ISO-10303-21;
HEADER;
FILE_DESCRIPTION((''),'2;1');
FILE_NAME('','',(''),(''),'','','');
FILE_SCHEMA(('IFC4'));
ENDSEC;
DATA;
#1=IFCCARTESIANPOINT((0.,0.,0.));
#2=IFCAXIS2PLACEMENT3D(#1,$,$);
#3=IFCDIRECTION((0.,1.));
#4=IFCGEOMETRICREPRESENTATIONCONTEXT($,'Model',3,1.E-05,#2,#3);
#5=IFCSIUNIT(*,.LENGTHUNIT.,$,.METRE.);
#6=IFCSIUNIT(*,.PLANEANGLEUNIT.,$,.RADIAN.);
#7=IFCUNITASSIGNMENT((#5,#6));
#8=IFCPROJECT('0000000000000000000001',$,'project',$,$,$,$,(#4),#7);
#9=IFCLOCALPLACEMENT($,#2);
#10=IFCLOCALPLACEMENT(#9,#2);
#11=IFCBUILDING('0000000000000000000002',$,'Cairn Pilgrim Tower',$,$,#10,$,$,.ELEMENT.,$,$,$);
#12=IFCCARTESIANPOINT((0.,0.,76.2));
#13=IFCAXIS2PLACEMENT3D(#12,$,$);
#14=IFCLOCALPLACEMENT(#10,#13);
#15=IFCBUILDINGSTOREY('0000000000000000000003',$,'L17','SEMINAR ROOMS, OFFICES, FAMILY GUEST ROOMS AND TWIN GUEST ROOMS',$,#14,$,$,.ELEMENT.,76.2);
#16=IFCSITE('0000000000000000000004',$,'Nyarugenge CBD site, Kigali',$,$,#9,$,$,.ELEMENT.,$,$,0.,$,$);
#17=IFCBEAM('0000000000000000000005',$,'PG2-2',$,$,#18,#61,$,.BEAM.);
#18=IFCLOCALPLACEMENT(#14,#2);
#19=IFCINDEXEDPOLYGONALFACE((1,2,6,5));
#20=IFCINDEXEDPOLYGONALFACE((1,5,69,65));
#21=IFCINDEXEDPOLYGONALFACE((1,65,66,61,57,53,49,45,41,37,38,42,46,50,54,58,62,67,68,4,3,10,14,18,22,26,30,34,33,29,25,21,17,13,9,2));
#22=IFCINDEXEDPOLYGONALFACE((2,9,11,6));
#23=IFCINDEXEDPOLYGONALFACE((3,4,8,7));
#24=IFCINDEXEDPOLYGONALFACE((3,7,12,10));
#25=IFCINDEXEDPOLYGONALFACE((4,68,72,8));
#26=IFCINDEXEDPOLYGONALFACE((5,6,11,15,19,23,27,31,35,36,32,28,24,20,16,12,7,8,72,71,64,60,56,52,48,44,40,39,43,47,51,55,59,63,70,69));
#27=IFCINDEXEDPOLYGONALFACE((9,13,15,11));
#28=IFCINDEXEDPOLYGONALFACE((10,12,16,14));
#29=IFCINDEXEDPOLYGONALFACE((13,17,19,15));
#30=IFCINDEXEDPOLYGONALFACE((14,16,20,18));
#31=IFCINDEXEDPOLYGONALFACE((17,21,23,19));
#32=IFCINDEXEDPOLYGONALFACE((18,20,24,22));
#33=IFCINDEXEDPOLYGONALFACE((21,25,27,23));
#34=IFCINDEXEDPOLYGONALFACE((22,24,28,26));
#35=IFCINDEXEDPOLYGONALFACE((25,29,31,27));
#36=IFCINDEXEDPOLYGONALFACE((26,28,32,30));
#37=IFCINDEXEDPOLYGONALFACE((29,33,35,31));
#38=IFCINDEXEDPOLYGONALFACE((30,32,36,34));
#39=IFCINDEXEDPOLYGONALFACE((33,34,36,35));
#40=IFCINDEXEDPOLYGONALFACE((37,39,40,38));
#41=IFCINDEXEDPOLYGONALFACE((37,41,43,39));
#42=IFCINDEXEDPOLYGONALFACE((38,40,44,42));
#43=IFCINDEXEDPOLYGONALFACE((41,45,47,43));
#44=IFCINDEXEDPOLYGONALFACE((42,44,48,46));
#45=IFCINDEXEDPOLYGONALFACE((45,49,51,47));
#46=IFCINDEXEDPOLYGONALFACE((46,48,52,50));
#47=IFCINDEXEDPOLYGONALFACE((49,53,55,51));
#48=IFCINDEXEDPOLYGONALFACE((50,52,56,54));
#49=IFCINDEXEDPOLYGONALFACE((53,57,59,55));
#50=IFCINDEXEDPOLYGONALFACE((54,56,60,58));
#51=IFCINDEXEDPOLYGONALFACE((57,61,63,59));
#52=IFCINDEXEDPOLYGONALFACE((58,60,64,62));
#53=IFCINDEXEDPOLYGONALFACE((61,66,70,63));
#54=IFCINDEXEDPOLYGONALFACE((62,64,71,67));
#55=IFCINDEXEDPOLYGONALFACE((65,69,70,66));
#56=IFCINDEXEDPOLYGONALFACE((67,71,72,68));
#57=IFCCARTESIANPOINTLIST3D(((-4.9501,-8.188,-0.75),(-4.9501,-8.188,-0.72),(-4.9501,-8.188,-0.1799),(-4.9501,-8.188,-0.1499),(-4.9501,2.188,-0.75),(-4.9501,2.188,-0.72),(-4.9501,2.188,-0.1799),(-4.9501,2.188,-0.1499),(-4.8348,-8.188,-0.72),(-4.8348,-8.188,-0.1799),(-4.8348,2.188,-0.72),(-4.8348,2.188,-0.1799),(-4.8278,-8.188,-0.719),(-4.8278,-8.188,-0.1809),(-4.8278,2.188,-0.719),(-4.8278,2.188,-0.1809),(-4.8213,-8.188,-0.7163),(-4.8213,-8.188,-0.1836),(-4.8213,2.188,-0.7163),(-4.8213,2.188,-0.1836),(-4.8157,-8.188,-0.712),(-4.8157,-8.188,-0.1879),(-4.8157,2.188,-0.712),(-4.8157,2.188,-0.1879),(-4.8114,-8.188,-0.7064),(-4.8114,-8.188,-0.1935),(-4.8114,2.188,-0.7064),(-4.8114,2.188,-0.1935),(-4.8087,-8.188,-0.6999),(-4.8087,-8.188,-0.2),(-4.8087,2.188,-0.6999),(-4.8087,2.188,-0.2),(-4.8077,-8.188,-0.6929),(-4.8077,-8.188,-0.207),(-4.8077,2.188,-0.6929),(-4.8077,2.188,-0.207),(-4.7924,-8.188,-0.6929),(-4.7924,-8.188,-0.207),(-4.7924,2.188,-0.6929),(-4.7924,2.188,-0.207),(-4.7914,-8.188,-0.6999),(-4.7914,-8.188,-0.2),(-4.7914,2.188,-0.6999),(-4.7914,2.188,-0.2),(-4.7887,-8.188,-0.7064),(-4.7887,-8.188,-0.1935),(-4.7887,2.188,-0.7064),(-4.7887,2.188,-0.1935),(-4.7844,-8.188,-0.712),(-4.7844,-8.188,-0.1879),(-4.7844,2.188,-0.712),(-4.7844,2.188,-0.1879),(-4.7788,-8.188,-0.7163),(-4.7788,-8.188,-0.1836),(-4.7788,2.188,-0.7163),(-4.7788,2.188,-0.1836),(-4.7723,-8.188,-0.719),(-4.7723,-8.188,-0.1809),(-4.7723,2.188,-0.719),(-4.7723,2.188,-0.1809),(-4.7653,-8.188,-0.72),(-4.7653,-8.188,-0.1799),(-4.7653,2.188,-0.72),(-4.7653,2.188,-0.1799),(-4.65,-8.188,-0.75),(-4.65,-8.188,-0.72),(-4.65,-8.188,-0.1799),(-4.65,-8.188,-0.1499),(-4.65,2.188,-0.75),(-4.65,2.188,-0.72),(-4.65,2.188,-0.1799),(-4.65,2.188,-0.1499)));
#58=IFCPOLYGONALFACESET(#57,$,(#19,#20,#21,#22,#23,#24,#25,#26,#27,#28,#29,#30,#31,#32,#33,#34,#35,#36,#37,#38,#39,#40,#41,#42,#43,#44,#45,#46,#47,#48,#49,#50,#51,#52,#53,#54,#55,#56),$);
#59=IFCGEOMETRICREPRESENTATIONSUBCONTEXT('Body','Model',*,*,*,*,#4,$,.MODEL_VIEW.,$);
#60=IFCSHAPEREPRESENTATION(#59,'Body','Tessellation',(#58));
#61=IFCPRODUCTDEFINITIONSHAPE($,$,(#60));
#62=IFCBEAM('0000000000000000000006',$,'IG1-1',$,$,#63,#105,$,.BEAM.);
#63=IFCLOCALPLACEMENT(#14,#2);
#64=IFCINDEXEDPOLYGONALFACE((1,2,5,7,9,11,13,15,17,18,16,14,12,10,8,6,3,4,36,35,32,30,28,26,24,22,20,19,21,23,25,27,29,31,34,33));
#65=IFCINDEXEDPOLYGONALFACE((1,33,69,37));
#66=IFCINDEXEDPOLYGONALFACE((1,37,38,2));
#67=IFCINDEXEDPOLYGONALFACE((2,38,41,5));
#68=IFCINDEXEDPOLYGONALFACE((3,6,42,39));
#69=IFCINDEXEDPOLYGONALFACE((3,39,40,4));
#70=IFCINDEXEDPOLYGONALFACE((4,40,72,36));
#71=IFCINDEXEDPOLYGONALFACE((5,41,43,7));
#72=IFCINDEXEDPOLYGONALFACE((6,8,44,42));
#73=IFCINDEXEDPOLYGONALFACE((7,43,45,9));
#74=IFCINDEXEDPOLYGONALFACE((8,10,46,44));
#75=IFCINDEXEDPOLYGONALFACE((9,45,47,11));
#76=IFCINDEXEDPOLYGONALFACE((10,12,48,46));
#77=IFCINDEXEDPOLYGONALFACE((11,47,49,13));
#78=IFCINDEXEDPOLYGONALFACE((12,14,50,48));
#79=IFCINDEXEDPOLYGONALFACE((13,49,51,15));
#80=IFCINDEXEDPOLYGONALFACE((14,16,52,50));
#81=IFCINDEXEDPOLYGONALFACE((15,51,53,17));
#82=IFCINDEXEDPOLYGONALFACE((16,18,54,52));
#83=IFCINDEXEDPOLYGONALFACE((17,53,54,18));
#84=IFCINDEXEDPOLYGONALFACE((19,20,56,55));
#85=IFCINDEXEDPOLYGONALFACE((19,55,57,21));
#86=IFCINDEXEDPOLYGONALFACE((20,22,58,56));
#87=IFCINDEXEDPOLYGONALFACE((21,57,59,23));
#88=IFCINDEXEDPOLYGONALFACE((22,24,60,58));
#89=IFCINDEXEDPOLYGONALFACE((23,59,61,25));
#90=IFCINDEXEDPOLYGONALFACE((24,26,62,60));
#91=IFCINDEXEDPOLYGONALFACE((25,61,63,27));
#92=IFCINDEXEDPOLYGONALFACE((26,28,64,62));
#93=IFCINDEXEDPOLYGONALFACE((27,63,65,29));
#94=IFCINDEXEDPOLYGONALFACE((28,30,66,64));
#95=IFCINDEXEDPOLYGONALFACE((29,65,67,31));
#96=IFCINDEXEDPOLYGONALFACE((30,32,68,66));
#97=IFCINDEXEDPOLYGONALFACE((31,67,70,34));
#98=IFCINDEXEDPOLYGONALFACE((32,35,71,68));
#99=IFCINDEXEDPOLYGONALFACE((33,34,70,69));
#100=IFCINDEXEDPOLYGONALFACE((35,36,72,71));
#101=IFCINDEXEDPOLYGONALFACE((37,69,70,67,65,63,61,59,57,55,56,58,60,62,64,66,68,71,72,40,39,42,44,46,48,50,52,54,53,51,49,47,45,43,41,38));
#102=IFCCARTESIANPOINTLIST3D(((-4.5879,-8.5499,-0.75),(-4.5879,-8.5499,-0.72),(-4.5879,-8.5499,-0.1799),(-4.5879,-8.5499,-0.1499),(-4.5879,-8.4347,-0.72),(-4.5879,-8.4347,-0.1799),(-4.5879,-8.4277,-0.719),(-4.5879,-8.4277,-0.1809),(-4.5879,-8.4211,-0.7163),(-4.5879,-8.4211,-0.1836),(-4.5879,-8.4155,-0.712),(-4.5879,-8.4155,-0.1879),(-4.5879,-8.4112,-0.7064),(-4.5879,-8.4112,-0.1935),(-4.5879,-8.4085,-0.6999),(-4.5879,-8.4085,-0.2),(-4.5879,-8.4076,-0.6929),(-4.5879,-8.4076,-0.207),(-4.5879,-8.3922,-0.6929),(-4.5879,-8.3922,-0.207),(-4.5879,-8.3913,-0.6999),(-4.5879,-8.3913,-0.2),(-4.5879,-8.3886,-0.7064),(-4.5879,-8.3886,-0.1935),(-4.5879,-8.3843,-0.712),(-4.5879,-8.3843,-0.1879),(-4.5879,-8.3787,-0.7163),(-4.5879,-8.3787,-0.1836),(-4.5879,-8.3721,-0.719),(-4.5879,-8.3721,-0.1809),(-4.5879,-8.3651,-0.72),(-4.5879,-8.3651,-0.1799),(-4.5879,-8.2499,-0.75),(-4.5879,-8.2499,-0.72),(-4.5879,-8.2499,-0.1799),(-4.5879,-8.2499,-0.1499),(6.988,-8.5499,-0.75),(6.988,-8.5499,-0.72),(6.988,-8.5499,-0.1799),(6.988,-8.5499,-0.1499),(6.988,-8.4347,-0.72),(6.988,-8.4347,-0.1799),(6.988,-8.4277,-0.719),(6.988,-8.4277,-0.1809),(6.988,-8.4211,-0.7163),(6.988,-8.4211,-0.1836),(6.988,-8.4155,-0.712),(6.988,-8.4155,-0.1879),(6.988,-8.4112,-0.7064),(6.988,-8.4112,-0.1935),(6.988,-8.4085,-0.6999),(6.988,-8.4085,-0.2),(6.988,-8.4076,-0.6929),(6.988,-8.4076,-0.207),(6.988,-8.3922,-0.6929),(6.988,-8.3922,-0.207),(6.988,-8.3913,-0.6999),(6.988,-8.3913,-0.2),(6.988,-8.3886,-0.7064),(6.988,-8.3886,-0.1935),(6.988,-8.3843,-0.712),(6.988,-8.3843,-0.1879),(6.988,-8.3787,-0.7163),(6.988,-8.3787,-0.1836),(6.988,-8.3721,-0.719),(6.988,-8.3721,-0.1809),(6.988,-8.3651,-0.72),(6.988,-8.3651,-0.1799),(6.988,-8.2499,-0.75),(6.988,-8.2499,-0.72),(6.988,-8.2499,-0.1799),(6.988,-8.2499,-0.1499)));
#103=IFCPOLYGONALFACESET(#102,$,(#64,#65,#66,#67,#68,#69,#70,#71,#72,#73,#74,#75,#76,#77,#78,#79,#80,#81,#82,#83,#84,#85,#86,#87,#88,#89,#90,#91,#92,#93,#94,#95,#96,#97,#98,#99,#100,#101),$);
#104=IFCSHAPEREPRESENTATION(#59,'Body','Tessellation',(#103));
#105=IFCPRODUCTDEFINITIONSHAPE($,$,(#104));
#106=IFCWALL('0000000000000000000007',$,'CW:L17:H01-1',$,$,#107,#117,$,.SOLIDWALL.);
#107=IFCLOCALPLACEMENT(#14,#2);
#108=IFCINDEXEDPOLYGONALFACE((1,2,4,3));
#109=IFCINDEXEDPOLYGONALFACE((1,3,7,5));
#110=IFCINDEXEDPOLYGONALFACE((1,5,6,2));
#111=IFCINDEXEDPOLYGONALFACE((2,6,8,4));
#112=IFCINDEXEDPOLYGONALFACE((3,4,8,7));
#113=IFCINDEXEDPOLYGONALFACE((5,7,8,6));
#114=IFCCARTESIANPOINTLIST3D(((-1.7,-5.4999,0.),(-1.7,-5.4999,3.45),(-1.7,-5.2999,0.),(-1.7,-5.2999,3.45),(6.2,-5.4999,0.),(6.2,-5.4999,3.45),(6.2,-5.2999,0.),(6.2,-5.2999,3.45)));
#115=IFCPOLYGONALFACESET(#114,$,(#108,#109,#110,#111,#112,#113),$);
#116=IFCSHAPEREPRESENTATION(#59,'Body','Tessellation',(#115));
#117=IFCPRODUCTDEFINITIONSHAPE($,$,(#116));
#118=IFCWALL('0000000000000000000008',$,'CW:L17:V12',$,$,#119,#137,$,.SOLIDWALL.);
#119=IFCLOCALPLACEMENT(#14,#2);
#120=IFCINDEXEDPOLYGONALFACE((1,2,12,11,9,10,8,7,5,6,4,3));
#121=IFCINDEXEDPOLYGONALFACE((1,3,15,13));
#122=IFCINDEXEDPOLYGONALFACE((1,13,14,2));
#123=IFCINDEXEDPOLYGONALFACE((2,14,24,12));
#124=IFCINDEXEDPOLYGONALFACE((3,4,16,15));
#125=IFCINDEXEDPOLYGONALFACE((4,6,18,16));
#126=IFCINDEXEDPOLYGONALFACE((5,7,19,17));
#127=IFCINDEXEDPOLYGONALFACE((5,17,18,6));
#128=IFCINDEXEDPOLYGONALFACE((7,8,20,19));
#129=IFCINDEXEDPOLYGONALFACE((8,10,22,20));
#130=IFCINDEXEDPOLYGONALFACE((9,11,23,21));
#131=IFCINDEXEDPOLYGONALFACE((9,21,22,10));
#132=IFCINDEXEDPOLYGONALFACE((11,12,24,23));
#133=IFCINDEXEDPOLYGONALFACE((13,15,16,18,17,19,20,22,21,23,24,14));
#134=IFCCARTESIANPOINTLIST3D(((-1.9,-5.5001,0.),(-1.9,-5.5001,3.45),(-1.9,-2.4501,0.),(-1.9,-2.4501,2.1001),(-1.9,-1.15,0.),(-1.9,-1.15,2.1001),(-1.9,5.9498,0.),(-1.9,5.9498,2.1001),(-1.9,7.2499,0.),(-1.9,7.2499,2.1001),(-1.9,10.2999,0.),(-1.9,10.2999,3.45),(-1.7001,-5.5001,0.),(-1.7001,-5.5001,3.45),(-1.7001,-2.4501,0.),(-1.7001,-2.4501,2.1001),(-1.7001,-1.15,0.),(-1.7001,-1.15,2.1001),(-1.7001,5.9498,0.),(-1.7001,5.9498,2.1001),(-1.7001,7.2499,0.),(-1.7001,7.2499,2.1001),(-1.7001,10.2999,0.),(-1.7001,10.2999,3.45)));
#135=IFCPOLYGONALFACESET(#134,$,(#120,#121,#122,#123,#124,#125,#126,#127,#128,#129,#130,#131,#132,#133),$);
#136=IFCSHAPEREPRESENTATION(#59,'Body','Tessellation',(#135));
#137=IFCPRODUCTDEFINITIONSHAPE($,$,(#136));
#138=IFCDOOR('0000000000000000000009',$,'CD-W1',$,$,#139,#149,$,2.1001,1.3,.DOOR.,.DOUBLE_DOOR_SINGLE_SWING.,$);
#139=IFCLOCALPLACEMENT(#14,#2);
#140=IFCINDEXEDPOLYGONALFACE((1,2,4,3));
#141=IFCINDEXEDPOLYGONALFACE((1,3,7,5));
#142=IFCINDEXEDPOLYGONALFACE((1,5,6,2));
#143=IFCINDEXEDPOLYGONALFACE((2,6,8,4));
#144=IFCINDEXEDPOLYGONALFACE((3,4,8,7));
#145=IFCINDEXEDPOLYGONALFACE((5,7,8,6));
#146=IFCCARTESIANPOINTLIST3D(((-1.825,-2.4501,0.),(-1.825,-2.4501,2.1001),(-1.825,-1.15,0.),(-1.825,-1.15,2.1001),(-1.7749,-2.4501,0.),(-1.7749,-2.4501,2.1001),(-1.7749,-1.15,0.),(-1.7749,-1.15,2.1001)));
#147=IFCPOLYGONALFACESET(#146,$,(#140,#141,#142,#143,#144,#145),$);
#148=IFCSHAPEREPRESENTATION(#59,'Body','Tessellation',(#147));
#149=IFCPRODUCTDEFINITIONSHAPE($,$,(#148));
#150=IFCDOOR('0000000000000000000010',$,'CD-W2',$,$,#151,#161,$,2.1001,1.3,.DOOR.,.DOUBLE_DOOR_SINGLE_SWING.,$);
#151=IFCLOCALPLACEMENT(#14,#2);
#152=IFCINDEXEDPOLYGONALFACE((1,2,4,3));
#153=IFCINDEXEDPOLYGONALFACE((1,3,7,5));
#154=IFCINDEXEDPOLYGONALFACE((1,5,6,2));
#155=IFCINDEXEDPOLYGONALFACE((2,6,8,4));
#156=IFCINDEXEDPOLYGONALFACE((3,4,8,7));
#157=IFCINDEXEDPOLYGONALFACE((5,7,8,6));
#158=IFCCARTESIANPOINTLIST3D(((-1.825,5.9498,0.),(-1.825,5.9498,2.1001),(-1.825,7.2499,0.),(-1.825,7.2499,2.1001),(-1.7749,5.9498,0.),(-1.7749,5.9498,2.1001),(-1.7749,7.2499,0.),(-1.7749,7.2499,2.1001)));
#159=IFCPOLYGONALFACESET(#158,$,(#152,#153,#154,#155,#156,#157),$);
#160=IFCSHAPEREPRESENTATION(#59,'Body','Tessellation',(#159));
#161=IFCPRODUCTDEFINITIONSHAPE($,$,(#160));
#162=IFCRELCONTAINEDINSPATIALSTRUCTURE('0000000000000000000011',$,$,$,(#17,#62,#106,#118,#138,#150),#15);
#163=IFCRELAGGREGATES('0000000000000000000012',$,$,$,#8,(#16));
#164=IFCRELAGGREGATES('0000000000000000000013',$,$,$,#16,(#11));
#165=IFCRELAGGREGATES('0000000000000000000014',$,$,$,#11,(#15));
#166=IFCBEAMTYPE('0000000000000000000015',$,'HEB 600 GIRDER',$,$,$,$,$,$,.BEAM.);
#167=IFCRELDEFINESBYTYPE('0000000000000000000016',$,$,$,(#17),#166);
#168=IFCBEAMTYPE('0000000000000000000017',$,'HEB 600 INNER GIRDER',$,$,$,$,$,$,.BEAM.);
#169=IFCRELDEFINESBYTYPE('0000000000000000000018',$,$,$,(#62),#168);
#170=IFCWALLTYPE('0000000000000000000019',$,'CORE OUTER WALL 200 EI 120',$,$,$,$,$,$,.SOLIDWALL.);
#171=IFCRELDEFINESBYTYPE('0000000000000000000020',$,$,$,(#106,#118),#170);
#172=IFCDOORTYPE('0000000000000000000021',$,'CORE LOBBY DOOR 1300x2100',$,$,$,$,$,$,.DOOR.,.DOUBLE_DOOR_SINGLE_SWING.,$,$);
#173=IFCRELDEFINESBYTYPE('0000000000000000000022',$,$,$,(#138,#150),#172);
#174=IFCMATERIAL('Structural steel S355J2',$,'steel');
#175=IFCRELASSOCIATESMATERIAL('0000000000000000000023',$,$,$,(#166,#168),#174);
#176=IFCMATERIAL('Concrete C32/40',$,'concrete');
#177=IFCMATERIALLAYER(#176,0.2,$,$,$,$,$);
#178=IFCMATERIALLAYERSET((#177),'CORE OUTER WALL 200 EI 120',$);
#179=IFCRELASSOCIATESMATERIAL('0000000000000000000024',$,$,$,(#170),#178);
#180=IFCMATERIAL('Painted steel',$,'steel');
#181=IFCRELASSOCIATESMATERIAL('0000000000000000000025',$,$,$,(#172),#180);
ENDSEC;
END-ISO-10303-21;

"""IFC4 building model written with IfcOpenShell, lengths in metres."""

from ifc_helpers import new_model, si_unit, direction, frame, frame_2d, origin, origin_2d, place, context, subcontext, project, spatial, rectangle, i_section, extrude, material, layer, layer_set, material_profile, profile_set, type_object, element, fill, save


model = new_model("IFC4")

# Units and contexts
model_context = context("Model", 3, precision=1e-05, world=origin(), true_north=direction((0.0, 1.0)))
body_context = subcontext(model_context, "Body", "Model", "MODEL_VIEW")
ifc_project = project(units=[si_unit("LENGTHUNIT", "METRE"), si_unit("PLANEANGLEUNIT", "RADIAN")], contexts=[model_context])

# Site, building, storey
site_placement = place(None, origin())
site = spatial("IfcSite", under=ifc_project, at=site_placement, Name="Nyarugenge CBD site, Kigali", CompositionType="ELEMENT", RefElevation=0.0)
building_placement = place(site_placement, origin())
building = spatial("IfcBuilding", under=site, at=building_placement, Name="Cairn Pilgrim Tower", CompositionType="ELEMENT")
storey_placement = place(building_placement, frame((0.0, 0.0, 76.2)))
storey = spatial("IfcBuildingStorey", under=building, at=storey_placement, Name="L17", Description="SEMINAR ROOMS, OFFICES, FAMILY GUEST ROOMS AND TWIN GUEST ROOMS", CompositionType="ELEMENT", Elevation=76.2)

# Beams
ifc_material_1 = material(Name="Structural steel S355J2", Category="steel")
ifc_material_profile_1 = material_profile(ifc_material_1, i_section(OverallWidth=0.3, OverallDepth=0.6001, WebThickness=0.0154, FlangeThickness=0.03, FilletRadius=0.0271, at=origin_2d()), Name="HEB 600")
ifc_profile_set_1 = profile_set([ifc_material_profile_1], Name="Structural steel S355J2")
beam_type_1 = type_object("IfcBeamType", Name="HEB 600 GIRDER", PredefinedType="BEAM", material=ifc_profile_set_1)
beam_1_placement = place(storey_placement, frame((-4.8, -8.188, -0.45), z_axis=(0.0, 1.0, 0.0), x_axis=(-1.0, 0.0, 0.0)))
element("IfcBeam", 1, at=beam_1_placement, inside=storey, type_object=beam_type_1, Name="PG2-2", PredefinedType="BEAM", context=body_context, shape_type="SweptSolid", body=[
    extrude(i_section(OverallWidth=0.3, OverallDepth=0.6001, WebThickness=0.0154, FlangeThickness=0.03, FilletRadius=0.0271, at=origin_2d()), origin(), (0.0, 0.0, 1.0), 10.376),
])
ifc_material_profile_2 = material_profile(ifc_material_1, i_section(OverallWidth=0.3, OverallDepth=0.6001, WebThickness=0.0154, FlangeThickness=0.03, FilletRadius=0.0271, at=origin_2d()), Name="HEB 600")
ifc_profile_set_2 = profile_set([ifc_material_profile_2], Name="Structural steel S355J2")
beam_type_2 = type_object("IfcBeamType", Name="HEB 600 INNER GIRDER", PredefinedType="BEAM", material=ifc_profile_set_2)
beam_2_placement = place(storey_placement, frame((-4.5879, -8.3999, -0.45), z_axis=(1.0, 0.0, 0.0), x_axis=(0.0, 1.0, 0.0)))
element("IfcBeam", 2, at=beam_2_placement, inside=storey, type_object=beam_type_2, Name="IG1-1", PredefinedType="BEAM", context=body_context, shape_type="SweptSolid", body=[
    extrude(i_section(OverallWidth=0.3, OverallDepth=0.6001, WebThickness=0.0154, FlangeThickness=0.03, FilletRadius=0.0271, at=origin_2d()), origin(), (0.0, 0.0, 1.0), 11.5759),
])

# Wall
ifc_material_2 = material(Name="Concrete C32/40", Category="concrete")
ifc_layer_1 = layer(ifc_material_2, 0.2)
ifc_layer_set_1 = layer_set([ifc_layer_1], Name="CORE OUTER WALL 200 EI 120")
wall_type_1 = type_object("IfcWallType", Name="CORE OUTER WALL 200 EI 120", PredefinedType="SOLIDWALL", material=ifc_layer_set_1)
wall_1_placement = place(storey_placement, frame((-1.7, -5.3999, 0.0), z_axis=(0.0, 0.0, 1.0), x_axis=(1.0, 0.0, 0.0)))
element("IfcWall", 3, at=wall_1_placement, inside=storey, type_object=wall_type_1, Name="CW:L17:H01-1", PredefinedType="SOLIDWALL", context=body_context, shape_type="SweptSolid", body=[
    extrude(rectangle(XDim=7.8999, YDim=0.2, at=frame_2d((3.95, 0.0))), origin(), (0.0, 0.0, 1.0), 3.45),
])

# Wall, openings, doors
wall_2_placement = place(storey_placement, frame((-1.8, -5.5, 0.0), z_axis=(0.0, 0.0, 1.0), x_axis=(0.0, 1.0, 0.0)))
wall_2 = element("IfcWall", 4, at=wall_2_placement, inside=storey, type_object=wall_type_1, Name="CW:L17:V12", PredefinedType="SOLIDWALL", context=body_context, shape_type="SweptSolid", body=[
    extrude(rectangle(XDim=15.8, YDim=0.2, at=frame_2d((7.8999, 0.0))), origin(), (0.0, 0.0, 1.0), 3.45),
])
opening_1_placement = place(wall_2_placement, frame((3.05, 0.0, 0.0)))
opening_1 = element("IfcOpeningElement", 5, at=opening_1_placement, cuts=wall_2, PredefinedType="OPENING", context=body_context, shape_type="SweptSolid", body=[
    extrude(rectangle(XDim=1.3, YDim=2.1001, at=frame_2d((0.6499, 1.05))), frame((0.0, 0.1099, 0.0), z_axis=(0.0, -1.0, 0.0), x_axis=(1.0, 0.0, 0.0)), (0.0, 0.0, 1.0), 0.22),
])
opening_2_placement = place(wall_2_placement, frame((11.45, 0.0, 0.0)))
opening_2 = element("IfcOpeningElement", 6, at=opening_2_placement, cuts=wall_2, PredefinedType="OPENING", context=body_context, shape_type="SweptSolid", body=[
    extrude(rectangle(XDim=1.3, YDim=2.1001, at=frame_2d((0.6499, 1.05))), frame((0.0, 0.1099, 0.0), z_axis=(0.0, -1.0, 0.0), x_axis=(1.0, 0.0, 0.0)), (0.0, 0.0, 1.0), 0.22),
])
ifc_material_3 = material(Name="Painted steel", Category="steel")
door_type_1 = type_object("IfcDoorType", Name="CORE LOBBY DOOR 1300x2100", OperationType="DOUBLE_DOOR_SINGLE_SWING", PredefinedType="DOOR", material=ifc_material_3)
door_1_placement = place(opening_1_placement, origin())
door_1 = element("IfcDoor", 7, at=door_1_placement, inside=storey, type_object=door_type_1, Name="CD-W1", OperationType="DOUBLE_DOOR_SINGLE_SWING", OverallHeight=2.1001, OverallWidth=1.3, PredefinedType="DOOR", context=body_context, shape_type="SweptSolid", body=[
    extrude(rectangle(XDim=1.3, YDim=2.1001, at=frame_2d((0.6499, 1.05))), frame((0.0, 0.0249, 0.0), z_axis=(0.0, -1.0, 0.0), x_axis=(1.0, 0.0, 0.0)), (0.0, 0.0, 1.0), 0.05),
])
fill(opening_1, door_1)
door_2_placement = place(opening_2_placement, origin())
door_2 = element("IfcDoor", 8, at=door_2_placement, inside=storey, type_object=door_type_1, Name="CD-W2", OperationType="DOUBLE_DOOR_SINGLE_SWING", OverallHeight=2.1001, OverallWidth=1.3, PredefinedType="DOOR", context=body_context, shape_type="SweptSolid", body=[
    extrude(rectangle(XDim=1.3, YDim=2.1001, at=frame_2d((0.6499, 1.05))), frame((0.0, 0.0249, 0.0), z_axis=(0.0, -1.0, 0.0), x_axis=(1.0, 0.0, 0.0)), (0.0, 0.0, 1.0), 0.05),
])
fill(opening_2, door_2)

save(model, "model.ifc")
